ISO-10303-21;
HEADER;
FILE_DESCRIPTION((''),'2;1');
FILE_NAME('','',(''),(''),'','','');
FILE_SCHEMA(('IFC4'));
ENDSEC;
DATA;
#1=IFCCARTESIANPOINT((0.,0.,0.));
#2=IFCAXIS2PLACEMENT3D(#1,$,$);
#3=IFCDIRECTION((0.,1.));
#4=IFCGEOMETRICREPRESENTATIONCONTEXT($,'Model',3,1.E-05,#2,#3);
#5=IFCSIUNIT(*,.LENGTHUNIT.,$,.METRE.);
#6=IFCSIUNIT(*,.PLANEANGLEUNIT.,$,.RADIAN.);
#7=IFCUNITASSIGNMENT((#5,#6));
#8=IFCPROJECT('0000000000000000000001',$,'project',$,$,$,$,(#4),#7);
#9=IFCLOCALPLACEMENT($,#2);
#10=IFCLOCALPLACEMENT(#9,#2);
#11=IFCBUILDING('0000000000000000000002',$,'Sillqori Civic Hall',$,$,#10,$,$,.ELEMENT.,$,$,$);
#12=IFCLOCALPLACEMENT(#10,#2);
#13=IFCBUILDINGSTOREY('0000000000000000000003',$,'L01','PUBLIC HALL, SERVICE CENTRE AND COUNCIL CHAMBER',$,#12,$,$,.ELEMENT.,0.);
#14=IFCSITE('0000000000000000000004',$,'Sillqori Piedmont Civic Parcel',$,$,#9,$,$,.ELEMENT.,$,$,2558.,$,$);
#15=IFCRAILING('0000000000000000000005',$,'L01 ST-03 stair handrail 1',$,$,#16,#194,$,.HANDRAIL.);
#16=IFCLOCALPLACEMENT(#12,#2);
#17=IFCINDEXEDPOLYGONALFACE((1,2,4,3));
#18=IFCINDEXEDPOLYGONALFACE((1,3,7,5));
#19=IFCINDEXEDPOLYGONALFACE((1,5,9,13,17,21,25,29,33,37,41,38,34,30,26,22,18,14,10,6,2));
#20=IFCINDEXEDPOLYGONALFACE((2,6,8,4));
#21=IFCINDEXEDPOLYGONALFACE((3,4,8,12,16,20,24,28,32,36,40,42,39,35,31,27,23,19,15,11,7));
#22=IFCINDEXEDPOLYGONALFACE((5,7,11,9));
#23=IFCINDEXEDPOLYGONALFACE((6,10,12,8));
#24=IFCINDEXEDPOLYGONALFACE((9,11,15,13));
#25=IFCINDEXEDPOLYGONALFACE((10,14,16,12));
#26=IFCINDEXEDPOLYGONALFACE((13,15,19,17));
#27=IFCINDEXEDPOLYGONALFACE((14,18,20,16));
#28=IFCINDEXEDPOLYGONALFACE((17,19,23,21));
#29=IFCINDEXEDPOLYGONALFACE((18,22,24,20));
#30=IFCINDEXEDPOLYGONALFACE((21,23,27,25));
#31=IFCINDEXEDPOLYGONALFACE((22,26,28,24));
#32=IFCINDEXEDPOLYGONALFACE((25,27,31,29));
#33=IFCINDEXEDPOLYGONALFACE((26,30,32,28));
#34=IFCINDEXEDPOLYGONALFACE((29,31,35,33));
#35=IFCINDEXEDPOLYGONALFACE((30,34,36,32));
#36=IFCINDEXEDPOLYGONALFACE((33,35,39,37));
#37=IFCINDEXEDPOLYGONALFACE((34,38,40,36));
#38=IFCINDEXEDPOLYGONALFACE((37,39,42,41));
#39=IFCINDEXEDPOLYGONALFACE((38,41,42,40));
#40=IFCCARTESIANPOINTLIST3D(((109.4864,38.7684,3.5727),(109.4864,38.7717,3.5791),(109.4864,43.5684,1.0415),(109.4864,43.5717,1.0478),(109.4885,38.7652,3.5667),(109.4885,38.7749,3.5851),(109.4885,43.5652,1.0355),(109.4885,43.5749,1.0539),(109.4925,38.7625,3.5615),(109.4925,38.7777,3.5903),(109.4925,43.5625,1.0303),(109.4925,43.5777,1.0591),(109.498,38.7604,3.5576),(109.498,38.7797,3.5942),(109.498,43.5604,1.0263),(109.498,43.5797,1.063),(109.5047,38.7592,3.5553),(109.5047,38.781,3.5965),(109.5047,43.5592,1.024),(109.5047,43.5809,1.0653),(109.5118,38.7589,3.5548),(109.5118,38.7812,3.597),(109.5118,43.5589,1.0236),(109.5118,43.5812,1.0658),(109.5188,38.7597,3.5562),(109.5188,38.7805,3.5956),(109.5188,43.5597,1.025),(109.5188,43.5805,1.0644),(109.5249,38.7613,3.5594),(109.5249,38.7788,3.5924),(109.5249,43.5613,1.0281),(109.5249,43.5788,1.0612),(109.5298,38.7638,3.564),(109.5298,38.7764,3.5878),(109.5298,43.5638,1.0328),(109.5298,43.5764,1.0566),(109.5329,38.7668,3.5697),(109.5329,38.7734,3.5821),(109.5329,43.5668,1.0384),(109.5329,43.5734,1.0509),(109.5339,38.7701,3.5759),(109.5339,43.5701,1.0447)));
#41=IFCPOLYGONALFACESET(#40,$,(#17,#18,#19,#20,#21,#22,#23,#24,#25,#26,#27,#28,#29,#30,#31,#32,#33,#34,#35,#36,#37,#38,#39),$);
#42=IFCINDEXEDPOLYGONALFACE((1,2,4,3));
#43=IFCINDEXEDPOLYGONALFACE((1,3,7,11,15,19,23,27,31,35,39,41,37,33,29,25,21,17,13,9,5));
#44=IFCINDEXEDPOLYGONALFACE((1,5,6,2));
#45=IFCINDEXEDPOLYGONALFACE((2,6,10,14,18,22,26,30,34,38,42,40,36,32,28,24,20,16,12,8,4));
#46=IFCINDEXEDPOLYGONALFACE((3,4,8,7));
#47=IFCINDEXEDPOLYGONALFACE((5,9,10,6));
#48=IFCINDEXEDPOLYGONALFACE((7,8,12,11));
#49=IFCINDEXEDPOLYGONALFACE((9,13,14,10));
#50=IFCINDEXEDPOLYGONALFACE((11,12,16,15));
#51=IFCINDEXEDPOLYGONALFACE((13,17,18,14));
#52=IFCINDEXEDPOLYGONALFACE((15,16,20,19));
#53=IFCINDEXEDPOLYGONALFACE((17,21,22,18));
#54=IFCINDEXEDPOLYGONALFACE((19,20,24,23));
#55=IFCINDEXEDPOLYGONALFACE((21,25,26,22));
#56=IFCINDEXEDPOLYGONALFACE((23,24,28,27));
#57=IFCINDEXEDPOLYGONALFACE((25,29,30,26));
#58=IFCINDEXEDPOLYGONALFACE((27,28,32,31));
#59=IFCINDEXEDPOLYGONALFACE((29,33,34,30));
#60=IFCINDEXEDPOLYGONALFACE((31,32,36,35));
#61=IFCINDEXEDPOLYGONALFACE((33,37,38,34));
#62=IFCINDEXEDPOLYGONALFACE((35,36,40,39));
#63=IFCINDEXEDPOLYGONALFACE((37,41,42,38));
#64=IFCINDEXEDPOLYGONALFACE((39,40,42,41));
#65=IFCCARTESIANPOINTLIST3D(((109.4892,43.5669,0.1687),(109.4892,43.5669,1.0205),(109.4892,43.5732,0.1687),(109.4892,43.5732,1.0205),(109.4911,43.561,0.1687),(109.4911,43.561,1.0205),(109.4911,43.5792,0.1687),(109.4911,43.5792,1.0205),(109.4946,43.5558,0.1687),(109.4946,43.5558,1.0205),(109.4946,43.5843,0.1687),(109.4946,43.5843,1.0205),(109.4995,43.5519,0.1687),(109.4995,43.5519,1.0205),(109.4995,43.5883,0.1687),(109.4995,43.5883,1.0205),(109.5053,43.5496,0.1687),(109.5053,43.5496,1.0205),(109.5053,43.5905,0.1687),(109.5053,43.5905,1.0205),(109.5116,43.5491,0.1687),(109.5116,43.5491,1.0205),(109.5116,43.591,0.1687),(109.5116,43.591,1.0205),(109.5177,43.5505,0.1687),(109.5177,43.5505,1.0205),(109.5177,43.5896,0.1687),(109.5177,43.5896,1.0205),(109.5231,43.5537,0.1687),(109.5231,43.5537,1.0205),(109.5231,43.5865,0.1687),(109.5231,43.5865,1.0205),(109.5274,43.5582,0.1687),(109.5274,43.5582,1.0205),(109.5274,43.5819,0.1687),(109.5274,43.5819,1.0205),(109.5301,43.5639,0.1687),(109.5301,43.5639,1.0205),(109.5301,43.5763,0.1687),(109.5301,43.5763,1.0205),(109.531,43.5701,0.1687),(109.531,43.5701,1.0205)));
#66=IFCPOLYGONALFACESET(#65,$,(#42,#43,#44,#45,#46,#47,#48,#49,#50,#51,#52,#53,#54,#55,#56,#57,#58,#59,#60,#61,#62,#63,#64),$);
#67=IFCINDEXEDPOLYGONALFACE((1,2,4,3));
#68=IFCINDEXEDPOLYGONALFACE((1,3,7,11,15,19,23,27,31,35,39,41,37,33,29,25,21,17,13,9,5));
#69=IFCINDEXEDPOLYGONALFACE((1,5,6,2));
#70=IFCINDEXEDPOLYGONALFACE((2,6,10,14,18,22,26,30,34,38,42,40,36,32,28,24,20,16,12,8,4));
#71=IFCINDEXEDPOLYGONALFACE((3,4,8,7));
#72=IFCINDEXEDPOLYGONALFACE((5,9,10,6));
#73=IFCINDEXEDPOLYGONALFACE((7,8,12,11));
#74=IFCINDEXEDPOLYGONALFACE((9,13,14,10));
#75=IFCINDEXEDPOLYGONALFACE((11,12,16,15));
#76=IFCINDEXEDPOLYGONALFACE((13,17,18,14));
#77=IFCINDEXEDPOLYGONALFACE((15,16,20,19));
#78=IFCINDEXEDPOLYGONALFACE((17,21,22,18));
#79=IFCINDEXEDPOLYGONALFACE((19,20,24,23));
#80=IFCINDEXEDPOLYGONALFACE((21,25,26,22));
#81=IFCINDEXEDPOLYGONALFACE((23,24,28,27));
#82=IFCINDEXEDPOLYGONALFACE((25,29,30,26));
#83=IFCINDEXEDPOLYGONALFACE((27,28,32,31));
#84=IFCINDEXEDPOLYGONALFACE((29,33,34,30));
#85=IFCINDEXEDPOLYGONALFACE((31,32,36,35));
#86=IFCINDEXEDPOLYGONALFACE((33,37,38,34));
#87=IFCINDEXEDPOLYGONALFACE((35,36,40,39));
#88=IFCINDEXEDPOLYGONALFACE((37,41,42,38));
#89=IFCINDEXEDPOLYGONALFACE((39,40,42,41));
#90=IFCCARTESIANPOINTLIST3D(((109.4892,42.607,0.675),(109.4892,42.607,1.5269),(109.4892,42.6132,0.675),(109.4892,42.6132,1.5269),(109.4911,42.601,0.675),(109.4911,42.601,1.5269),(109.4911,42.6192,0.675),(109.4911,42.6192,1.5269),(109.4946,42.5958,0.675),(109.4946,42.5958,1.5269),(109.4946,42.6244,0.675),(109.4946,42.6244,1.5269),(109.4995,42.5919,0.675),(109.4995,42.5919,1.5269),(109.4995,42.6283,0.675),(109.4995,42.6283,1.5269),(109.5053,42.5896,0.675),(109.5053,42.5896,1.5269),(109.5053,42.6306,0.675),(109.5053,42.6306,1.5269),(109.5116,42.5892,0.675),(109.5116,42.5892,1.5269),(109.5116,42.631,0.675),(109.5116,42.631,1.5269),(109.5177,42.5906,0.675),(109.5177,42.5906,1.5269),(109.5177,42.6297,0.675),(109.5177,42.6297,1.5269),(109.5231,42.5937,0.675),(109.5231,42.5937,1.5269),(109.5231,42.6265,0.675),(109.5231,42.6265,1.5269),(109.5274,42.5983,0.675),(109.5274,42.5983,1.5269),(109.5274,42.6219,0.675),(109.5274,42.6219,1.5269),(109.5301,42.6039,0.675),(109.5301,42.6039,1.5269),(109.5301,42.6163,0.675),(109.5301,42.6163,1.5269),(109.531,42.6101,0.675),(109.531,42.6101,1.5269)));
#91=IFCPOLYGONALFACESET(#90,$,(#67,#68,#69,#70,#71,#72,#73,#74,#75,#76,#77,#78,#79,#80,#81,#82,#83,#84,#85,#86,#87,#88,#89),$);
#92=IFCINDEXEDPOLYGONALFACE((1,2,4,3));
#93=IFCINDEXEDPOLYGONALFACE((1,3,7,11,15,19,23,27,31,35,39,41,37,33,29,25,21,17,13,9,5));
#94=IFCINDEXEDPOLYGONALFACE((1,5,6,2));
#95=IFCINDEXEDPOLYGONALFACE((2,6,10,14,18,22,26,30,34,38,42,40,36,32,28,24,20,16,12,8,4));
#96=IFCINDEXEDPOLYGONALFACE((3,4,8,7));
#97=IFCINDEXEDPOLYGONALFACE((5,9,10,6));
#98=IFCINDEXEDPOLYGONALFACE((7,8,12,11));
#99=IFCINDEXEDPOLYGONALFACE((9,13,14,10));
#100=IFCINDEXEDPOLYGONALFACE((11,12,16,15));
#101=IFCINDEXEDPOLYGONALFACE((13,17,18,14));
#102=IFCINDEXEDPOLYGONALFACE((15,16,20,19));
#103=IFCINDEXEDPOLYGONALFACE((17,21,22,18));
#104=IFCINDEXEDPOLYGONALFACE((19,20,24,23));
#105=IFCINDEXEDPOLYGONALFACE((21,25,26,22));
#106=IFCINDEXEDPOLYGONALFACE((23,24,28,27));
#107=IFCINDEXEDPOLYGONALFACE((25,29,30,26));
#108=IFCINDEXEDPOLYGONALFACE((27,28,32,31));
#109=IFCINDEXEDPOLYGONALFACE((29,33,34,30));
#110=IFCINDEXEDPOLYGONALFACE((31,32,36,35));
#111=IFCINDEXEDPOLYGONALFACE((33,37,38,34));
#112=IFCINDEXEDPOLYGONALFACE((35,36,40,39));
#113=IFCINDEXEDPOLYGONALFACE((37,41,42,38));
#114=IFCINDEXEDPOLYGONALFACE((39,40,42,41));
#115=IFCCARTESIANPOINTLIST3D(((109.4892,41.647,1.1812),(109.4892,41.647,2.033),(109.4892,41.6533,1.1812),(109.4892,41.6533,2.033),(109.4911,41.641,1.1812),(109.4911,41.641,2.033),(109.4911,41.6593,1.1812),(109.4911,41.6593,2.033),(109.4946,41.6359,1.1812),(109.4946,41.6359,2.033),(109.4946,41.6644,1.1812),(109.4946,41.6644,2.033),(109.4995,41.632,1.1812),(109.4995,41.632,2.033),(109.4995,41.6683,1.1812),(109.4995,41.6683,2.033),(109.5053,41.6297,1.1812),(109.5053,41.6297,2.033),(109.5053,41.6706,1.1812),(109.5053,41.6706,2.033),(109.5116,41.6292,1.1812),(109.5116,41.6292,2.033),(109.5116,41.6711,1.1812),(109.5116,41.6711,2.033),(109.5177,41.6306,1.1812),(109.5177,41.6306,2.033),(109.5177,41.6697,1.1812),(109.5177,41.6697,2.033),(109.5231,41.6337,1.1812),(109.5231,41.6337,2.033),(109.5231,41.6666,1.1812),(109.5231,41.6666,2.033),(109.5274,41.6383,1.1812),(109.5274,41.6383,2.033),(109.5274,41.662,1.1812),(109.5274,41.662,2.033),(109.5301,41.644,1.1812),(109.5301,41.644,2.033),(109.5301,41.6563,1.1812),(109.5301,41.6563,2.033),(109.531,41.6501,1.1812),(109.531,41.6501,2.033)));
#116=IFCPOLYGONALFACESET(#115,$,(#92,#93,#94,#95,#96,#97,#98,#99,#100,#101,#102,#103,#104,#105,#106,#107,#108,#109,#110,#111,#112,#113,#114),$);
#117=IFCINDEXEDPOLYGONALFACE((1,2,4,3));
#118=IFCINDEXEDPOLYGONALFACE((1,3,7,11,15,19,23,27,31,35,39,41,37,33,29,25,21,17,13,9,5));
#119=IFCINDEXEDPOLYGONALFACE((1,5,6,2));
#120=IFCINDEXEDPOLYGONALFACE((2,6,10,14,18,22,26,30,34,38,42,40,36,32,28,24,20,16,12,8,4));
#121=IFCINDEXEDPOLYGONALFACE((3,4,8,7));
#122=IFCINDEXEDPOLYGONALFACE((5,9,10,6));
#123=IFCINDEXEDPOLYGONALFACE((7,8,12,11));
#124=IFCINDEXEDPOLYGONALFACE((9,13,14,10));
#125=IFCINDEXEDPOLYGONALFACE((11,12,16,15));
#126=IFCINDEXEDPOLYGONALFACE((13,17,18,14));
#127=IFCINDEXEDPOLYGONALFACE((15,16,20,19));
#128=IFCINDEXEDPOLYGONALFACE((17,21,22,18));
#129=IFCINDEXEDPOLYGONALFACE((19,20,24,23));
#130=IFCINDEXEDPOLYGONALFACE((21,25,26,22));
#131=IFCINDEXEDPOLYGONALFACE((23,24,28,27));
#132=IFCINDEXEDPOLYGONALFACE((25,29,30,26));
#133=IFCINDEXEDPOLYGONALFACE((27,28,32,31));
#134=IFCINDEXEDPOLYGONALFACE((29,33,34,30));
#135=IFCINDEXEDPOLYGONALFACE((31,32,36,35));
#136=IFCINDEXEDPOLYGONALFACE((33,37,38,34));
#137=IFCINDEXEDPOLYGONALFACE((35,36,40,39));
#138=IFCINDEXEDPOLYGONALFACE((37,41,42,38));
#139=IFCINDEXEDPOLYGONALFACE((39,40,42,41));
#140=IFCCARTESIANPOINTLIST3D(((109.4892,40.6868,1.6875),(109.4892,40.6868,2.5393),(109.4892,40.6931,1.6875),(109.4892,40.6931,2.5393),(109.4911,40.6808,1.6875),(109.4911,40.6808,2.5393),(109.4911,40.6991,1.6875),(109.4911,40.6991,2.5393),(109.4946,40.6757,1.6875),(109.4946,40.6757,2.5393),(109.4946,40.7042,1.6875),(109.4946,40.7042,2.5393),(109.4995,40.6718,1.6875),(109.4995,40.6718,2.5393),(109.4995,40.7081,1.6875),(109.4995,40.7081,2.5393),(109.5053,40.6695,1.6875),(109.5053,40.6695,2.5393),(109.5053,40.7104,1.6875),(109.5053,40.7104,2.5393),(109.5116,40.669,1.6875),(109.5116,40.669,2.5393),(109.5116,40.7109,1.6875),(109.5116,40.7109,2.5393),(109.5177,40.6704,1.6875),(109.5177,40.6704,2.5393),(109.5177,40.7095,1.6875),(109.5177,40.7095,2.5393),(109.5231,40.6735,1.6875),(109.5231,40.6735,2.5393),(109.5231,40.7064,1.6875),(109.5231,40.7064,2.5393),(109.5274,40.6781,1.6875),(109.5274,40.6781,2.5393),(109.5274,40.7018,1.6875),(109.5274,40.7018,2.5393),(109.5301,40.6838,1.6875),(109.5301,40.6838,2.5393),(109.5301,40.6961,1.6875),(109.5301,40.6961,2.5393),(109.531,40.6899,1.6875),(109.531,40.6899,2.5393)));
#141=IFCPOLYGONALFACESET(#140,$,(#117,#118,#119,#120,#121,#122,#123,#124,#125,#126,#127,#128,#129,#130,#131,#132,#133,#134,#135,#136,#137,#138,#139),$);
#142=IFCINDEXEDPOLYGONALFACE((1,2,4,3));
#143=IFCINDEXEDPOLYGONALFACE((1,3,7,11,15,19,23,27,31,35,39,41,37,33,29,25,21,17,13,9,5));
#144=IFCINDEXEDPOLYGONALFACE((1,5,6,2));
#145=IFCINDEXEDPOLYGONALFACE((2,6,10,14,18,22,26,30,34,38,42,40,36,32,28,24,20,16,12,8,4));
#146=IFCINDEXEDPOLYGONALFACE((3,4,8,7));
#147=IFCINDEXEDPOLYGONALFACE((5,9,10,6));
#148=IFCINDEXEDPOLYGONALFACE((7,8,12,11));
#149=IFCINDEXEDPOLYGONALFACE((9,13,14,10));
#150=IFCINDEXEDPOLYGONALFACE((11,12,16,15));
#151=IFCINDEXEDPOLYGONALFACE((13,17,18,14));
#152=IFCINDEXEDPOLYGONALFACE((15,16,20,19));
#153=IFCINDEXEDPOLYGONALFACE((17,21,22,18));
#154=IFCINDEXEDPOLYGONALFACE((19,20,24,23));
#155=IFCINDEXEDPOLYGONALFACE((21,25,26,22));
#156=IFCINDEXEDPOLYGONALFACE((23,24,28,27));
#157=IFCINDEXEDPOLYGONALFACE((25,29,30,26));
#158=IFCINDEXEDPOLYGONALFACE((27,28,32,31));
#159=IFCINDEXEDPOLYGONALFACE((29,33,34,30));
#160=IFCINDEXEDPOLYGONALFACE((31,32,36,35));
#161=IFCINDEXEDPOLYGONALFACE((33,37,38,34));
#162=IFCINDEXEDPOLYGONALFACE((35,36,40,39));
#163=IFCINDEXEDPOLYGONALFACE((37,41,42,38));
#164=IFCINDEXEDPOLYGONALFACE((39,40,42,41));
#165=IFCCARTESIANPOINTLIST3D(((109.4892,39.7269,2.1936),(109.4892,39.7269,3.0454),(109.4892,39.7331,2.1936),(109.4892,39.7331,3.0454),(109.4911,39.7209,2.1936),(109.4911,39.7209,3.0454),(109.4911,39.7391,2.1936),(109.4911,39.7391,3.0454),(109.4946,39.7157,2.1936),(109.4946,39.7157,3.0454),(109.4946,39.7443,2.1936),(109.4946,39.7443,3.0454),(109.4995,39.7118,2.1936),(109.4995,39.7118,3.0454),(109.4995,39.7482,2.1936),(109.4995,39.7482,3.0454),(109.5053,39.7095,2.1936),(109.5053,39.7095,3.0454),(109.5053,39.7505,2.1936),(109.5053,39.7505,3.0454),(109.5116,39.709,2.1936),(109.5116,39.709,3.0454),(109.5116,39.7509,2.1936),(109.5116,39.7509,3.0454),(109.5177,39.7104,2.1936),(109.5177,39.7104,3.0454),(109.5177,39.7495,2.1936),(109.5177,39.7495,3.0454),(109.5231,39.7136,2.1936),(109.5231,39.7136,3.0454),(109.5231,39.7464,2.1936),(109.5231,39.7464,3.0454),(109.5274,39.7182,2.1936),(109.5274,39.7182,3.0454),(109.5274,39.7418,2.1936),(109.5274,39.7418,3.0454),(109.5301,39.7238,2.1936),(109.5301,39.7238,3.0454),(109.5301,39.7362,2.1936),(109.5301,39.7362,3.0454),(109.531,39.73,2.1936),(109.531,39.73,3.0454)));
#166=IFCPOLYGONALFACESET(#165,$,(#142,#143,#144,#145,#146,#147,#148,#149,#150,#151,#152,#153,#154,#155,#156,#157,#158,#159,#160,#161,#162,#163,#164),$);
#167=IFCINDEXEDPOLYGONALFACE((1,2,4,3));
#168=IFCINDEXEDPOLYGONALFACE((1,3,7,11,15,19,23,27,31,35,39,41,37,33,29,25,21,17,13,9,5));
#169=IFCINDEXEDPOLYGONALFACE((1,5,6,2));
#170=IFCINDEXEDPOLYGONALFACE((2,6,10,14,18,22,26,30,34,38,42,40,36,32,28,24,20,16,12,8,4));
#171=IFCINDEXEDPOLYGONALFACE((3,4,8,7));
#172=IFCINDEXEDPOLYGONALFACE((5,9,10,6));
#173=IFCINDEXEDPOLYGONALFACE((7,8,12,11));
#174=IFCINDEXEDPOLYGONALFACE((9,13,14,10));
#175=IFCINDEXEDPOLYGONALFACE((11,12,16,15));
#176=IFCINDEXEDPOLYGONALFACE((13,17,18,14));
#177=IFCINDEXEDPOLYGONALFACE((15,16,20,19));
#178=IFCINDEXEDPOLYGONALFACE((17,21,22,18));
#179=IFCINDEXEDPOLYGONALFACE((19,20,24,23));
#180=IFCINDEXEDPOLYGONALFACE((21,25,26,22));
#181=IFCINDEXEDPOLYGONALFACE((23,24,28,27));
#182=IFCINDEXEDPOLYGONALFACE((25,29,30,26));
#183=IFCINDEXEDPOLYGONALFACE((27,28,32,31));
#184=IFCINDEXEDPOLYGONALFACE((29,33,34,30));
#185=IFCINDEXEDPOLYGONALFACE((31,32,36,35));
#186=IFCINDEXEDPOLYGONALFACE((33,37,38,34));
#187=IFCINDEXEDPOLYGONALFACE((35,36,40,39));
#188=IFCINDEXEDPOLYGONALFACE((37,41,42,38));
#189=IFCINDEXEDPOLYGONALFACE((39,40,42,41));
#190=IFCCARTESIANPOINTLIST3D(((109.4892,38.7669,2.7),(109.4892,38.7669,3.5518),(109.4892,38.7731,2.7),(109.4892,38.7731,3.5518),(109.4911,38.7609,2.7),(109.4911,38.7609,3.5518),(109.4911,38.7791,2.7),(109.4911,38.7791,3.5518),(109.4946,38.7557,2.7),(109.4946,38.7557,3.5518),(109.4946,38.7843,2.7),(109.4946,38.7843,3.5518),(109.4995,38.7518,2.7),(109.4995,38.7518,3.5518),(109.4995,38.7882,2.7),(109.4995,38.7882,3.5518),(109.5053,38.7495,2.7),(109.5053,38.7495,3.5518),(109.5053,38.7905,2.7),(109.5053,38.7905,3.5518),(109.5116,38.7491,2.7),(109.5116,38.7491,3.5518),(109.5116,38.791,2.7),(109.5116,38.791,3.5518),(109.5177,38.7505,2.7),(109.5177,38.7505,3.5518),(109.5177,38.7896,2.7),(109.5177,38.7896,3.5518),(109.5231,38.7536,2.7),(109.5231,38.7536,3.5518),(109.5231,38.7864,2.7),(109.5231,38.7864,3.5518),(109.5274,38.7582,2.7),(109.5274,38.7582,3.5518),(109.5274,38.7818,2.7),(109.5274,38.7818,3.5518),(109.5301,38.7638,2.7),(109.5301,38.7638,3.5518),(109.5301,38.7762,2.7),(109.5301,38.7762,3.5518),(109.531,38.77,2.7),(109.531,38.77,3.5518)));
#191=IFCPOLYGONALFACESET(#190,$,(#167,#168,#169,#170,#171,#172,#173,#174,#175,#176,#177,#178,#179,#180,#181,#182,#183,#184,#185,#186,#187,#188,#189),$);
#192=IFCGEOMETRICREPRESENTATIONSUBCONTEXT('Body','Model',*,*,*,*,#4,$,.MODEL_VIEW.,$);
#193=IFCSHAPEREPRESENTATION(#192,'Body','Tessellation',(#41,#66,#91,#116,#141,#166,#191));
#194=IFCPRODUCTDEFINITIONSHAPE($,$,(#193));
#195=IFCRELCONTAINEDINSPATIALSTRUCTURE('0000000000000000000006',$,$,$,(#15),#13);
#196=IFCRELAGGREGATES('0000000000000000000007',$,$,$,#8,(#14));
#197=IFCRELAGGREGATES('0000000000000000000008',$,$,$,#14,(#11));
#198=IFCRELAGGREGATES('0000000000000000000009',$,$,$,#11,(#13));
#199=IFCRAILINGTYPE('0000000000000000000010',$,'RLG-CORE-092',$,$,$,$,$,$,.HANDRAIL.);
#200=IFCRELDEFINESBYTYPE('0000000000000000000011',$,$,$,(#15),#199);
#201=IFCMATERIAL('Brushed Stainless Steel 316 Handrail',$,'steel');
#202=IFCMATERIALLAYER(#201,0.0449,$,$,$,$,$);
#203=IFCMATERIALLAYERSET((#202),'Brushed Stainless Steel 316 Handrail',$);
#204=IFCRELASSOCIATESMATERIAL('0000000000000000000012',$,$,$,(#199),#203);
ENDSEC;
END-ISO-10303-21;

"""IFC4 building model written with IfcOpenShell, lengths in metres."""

from ifc_helpers import new_model, si_unit, direction, frame, origin, origin_2d, place, context, subcontext, project, spatial, circle, extrude, material, layer, layer_set, type_object, element, save


model = new_model("IFC4")

# Units and contexts
model_context = context("Model", 3, precision=1e-05, world=origin(), true_north=direction((0.0, 1.0)))
body_context = subcontext(model_context, "Body", "Model", "MODEL_VIEW")
ifc_project = project(units=[si_unit("LENGTHUNIT", "METRE"), si_unit("PLANEANGLEUNIT", "RADIAN")], contexts=[model_context])

# Site, building, storey
site_placement = place(None, origin())
site = spatial("IfcSite", under=ifc_project, at=site_placement, Name="Sillqori Piedmont Civic Parcel", CompositionType="ELEMENT", RefElevation=2558.0)
building_placement = place(site_placement, origin())
building = spatial("IfcBuilding", under=site, at=building_placement, Name="Sillqori Civic Hall", CompositionType="ELEMENT")
storey_placement = place(building_placement, origin())
storey = spatial("IfcBuildingStorey", under=building, at=storey_placement, Name="L01", Description="PUBLIC HALL, SERVICE CENTRE AND COUNCIL CHAMBER", CompositionType="ELEMENT", Elevation=0.0)

# Railing
ifc_material_1 = material(Name="Brushed Stainless Steel 316 Handrail", Category="steel")
ifc_layer_1 = layer(ifc_material_1, 0.0449)
ifc_layer_set_1 = layer_set([ifc_layer_1], Name="Brushed Stainless Steel 316 Handrail")
railing_type_1 = type_object("IfcRailingType", Name="RLG-CORE-092", PredefinedType="HANDRAIL", material=ifc_layer_set_1)
railing_1_placement = place(storey_placement, frame((109.51, 43.5701, 0.1687)))
element("IfcRailing", 1, at=railing_1_placement, inside=storey, type_object=railing_type_1, Name="L01 ST-03 stair handrail 1", PredefinedType="HANDRAIL", context=body_context, shape_type="SweptSolid", body=[
    extrude(circle(Radius=0.0239, at=origin_2d()), frame((0.0, 0.0, 0.876), z_axis=(0.0, -0.884545, 0.466455), x_axis=(1.0, 0.0, 0.0)), (0.0, 0.0, 1.0), 5.4265),
    extrude(circle(Radius=0.021, at=origin_2d()), origin(), (0.0, 0.0, 1.0), 0.8518),
    extrude(circle(Radius=0.021, at=origin_2d()), frame((0.0, -0.96, 0.5063)), (0.0, 0.0, 1.0), 0.8518),
    extrude(circle(Radius=0.021, at=origin_2d()), frame((0.0, -1.9199, 1.0125)), (0.0, 0.0, 1.0), 0.8518),
    extrude(circle(Radius=0.021, at=origin_2d()), frame((0.0, -2.8801, 1.5188)), (0.0, 0.0, 1.0), 0.8518),
    extrude(circle(Radius=0.021, at=origin_2d()), frame((0.0, -3.8401, 2.0249)), (0.0, 0.0, 1.0), 0.8518),
    extrude(circle(Radius=0.021, at=origin_2d()), frame((0.0, -4.8, 2.5312)), (0.0, 0.0, 1.0), 0.8518),
])

save(model, "model.ifc")
